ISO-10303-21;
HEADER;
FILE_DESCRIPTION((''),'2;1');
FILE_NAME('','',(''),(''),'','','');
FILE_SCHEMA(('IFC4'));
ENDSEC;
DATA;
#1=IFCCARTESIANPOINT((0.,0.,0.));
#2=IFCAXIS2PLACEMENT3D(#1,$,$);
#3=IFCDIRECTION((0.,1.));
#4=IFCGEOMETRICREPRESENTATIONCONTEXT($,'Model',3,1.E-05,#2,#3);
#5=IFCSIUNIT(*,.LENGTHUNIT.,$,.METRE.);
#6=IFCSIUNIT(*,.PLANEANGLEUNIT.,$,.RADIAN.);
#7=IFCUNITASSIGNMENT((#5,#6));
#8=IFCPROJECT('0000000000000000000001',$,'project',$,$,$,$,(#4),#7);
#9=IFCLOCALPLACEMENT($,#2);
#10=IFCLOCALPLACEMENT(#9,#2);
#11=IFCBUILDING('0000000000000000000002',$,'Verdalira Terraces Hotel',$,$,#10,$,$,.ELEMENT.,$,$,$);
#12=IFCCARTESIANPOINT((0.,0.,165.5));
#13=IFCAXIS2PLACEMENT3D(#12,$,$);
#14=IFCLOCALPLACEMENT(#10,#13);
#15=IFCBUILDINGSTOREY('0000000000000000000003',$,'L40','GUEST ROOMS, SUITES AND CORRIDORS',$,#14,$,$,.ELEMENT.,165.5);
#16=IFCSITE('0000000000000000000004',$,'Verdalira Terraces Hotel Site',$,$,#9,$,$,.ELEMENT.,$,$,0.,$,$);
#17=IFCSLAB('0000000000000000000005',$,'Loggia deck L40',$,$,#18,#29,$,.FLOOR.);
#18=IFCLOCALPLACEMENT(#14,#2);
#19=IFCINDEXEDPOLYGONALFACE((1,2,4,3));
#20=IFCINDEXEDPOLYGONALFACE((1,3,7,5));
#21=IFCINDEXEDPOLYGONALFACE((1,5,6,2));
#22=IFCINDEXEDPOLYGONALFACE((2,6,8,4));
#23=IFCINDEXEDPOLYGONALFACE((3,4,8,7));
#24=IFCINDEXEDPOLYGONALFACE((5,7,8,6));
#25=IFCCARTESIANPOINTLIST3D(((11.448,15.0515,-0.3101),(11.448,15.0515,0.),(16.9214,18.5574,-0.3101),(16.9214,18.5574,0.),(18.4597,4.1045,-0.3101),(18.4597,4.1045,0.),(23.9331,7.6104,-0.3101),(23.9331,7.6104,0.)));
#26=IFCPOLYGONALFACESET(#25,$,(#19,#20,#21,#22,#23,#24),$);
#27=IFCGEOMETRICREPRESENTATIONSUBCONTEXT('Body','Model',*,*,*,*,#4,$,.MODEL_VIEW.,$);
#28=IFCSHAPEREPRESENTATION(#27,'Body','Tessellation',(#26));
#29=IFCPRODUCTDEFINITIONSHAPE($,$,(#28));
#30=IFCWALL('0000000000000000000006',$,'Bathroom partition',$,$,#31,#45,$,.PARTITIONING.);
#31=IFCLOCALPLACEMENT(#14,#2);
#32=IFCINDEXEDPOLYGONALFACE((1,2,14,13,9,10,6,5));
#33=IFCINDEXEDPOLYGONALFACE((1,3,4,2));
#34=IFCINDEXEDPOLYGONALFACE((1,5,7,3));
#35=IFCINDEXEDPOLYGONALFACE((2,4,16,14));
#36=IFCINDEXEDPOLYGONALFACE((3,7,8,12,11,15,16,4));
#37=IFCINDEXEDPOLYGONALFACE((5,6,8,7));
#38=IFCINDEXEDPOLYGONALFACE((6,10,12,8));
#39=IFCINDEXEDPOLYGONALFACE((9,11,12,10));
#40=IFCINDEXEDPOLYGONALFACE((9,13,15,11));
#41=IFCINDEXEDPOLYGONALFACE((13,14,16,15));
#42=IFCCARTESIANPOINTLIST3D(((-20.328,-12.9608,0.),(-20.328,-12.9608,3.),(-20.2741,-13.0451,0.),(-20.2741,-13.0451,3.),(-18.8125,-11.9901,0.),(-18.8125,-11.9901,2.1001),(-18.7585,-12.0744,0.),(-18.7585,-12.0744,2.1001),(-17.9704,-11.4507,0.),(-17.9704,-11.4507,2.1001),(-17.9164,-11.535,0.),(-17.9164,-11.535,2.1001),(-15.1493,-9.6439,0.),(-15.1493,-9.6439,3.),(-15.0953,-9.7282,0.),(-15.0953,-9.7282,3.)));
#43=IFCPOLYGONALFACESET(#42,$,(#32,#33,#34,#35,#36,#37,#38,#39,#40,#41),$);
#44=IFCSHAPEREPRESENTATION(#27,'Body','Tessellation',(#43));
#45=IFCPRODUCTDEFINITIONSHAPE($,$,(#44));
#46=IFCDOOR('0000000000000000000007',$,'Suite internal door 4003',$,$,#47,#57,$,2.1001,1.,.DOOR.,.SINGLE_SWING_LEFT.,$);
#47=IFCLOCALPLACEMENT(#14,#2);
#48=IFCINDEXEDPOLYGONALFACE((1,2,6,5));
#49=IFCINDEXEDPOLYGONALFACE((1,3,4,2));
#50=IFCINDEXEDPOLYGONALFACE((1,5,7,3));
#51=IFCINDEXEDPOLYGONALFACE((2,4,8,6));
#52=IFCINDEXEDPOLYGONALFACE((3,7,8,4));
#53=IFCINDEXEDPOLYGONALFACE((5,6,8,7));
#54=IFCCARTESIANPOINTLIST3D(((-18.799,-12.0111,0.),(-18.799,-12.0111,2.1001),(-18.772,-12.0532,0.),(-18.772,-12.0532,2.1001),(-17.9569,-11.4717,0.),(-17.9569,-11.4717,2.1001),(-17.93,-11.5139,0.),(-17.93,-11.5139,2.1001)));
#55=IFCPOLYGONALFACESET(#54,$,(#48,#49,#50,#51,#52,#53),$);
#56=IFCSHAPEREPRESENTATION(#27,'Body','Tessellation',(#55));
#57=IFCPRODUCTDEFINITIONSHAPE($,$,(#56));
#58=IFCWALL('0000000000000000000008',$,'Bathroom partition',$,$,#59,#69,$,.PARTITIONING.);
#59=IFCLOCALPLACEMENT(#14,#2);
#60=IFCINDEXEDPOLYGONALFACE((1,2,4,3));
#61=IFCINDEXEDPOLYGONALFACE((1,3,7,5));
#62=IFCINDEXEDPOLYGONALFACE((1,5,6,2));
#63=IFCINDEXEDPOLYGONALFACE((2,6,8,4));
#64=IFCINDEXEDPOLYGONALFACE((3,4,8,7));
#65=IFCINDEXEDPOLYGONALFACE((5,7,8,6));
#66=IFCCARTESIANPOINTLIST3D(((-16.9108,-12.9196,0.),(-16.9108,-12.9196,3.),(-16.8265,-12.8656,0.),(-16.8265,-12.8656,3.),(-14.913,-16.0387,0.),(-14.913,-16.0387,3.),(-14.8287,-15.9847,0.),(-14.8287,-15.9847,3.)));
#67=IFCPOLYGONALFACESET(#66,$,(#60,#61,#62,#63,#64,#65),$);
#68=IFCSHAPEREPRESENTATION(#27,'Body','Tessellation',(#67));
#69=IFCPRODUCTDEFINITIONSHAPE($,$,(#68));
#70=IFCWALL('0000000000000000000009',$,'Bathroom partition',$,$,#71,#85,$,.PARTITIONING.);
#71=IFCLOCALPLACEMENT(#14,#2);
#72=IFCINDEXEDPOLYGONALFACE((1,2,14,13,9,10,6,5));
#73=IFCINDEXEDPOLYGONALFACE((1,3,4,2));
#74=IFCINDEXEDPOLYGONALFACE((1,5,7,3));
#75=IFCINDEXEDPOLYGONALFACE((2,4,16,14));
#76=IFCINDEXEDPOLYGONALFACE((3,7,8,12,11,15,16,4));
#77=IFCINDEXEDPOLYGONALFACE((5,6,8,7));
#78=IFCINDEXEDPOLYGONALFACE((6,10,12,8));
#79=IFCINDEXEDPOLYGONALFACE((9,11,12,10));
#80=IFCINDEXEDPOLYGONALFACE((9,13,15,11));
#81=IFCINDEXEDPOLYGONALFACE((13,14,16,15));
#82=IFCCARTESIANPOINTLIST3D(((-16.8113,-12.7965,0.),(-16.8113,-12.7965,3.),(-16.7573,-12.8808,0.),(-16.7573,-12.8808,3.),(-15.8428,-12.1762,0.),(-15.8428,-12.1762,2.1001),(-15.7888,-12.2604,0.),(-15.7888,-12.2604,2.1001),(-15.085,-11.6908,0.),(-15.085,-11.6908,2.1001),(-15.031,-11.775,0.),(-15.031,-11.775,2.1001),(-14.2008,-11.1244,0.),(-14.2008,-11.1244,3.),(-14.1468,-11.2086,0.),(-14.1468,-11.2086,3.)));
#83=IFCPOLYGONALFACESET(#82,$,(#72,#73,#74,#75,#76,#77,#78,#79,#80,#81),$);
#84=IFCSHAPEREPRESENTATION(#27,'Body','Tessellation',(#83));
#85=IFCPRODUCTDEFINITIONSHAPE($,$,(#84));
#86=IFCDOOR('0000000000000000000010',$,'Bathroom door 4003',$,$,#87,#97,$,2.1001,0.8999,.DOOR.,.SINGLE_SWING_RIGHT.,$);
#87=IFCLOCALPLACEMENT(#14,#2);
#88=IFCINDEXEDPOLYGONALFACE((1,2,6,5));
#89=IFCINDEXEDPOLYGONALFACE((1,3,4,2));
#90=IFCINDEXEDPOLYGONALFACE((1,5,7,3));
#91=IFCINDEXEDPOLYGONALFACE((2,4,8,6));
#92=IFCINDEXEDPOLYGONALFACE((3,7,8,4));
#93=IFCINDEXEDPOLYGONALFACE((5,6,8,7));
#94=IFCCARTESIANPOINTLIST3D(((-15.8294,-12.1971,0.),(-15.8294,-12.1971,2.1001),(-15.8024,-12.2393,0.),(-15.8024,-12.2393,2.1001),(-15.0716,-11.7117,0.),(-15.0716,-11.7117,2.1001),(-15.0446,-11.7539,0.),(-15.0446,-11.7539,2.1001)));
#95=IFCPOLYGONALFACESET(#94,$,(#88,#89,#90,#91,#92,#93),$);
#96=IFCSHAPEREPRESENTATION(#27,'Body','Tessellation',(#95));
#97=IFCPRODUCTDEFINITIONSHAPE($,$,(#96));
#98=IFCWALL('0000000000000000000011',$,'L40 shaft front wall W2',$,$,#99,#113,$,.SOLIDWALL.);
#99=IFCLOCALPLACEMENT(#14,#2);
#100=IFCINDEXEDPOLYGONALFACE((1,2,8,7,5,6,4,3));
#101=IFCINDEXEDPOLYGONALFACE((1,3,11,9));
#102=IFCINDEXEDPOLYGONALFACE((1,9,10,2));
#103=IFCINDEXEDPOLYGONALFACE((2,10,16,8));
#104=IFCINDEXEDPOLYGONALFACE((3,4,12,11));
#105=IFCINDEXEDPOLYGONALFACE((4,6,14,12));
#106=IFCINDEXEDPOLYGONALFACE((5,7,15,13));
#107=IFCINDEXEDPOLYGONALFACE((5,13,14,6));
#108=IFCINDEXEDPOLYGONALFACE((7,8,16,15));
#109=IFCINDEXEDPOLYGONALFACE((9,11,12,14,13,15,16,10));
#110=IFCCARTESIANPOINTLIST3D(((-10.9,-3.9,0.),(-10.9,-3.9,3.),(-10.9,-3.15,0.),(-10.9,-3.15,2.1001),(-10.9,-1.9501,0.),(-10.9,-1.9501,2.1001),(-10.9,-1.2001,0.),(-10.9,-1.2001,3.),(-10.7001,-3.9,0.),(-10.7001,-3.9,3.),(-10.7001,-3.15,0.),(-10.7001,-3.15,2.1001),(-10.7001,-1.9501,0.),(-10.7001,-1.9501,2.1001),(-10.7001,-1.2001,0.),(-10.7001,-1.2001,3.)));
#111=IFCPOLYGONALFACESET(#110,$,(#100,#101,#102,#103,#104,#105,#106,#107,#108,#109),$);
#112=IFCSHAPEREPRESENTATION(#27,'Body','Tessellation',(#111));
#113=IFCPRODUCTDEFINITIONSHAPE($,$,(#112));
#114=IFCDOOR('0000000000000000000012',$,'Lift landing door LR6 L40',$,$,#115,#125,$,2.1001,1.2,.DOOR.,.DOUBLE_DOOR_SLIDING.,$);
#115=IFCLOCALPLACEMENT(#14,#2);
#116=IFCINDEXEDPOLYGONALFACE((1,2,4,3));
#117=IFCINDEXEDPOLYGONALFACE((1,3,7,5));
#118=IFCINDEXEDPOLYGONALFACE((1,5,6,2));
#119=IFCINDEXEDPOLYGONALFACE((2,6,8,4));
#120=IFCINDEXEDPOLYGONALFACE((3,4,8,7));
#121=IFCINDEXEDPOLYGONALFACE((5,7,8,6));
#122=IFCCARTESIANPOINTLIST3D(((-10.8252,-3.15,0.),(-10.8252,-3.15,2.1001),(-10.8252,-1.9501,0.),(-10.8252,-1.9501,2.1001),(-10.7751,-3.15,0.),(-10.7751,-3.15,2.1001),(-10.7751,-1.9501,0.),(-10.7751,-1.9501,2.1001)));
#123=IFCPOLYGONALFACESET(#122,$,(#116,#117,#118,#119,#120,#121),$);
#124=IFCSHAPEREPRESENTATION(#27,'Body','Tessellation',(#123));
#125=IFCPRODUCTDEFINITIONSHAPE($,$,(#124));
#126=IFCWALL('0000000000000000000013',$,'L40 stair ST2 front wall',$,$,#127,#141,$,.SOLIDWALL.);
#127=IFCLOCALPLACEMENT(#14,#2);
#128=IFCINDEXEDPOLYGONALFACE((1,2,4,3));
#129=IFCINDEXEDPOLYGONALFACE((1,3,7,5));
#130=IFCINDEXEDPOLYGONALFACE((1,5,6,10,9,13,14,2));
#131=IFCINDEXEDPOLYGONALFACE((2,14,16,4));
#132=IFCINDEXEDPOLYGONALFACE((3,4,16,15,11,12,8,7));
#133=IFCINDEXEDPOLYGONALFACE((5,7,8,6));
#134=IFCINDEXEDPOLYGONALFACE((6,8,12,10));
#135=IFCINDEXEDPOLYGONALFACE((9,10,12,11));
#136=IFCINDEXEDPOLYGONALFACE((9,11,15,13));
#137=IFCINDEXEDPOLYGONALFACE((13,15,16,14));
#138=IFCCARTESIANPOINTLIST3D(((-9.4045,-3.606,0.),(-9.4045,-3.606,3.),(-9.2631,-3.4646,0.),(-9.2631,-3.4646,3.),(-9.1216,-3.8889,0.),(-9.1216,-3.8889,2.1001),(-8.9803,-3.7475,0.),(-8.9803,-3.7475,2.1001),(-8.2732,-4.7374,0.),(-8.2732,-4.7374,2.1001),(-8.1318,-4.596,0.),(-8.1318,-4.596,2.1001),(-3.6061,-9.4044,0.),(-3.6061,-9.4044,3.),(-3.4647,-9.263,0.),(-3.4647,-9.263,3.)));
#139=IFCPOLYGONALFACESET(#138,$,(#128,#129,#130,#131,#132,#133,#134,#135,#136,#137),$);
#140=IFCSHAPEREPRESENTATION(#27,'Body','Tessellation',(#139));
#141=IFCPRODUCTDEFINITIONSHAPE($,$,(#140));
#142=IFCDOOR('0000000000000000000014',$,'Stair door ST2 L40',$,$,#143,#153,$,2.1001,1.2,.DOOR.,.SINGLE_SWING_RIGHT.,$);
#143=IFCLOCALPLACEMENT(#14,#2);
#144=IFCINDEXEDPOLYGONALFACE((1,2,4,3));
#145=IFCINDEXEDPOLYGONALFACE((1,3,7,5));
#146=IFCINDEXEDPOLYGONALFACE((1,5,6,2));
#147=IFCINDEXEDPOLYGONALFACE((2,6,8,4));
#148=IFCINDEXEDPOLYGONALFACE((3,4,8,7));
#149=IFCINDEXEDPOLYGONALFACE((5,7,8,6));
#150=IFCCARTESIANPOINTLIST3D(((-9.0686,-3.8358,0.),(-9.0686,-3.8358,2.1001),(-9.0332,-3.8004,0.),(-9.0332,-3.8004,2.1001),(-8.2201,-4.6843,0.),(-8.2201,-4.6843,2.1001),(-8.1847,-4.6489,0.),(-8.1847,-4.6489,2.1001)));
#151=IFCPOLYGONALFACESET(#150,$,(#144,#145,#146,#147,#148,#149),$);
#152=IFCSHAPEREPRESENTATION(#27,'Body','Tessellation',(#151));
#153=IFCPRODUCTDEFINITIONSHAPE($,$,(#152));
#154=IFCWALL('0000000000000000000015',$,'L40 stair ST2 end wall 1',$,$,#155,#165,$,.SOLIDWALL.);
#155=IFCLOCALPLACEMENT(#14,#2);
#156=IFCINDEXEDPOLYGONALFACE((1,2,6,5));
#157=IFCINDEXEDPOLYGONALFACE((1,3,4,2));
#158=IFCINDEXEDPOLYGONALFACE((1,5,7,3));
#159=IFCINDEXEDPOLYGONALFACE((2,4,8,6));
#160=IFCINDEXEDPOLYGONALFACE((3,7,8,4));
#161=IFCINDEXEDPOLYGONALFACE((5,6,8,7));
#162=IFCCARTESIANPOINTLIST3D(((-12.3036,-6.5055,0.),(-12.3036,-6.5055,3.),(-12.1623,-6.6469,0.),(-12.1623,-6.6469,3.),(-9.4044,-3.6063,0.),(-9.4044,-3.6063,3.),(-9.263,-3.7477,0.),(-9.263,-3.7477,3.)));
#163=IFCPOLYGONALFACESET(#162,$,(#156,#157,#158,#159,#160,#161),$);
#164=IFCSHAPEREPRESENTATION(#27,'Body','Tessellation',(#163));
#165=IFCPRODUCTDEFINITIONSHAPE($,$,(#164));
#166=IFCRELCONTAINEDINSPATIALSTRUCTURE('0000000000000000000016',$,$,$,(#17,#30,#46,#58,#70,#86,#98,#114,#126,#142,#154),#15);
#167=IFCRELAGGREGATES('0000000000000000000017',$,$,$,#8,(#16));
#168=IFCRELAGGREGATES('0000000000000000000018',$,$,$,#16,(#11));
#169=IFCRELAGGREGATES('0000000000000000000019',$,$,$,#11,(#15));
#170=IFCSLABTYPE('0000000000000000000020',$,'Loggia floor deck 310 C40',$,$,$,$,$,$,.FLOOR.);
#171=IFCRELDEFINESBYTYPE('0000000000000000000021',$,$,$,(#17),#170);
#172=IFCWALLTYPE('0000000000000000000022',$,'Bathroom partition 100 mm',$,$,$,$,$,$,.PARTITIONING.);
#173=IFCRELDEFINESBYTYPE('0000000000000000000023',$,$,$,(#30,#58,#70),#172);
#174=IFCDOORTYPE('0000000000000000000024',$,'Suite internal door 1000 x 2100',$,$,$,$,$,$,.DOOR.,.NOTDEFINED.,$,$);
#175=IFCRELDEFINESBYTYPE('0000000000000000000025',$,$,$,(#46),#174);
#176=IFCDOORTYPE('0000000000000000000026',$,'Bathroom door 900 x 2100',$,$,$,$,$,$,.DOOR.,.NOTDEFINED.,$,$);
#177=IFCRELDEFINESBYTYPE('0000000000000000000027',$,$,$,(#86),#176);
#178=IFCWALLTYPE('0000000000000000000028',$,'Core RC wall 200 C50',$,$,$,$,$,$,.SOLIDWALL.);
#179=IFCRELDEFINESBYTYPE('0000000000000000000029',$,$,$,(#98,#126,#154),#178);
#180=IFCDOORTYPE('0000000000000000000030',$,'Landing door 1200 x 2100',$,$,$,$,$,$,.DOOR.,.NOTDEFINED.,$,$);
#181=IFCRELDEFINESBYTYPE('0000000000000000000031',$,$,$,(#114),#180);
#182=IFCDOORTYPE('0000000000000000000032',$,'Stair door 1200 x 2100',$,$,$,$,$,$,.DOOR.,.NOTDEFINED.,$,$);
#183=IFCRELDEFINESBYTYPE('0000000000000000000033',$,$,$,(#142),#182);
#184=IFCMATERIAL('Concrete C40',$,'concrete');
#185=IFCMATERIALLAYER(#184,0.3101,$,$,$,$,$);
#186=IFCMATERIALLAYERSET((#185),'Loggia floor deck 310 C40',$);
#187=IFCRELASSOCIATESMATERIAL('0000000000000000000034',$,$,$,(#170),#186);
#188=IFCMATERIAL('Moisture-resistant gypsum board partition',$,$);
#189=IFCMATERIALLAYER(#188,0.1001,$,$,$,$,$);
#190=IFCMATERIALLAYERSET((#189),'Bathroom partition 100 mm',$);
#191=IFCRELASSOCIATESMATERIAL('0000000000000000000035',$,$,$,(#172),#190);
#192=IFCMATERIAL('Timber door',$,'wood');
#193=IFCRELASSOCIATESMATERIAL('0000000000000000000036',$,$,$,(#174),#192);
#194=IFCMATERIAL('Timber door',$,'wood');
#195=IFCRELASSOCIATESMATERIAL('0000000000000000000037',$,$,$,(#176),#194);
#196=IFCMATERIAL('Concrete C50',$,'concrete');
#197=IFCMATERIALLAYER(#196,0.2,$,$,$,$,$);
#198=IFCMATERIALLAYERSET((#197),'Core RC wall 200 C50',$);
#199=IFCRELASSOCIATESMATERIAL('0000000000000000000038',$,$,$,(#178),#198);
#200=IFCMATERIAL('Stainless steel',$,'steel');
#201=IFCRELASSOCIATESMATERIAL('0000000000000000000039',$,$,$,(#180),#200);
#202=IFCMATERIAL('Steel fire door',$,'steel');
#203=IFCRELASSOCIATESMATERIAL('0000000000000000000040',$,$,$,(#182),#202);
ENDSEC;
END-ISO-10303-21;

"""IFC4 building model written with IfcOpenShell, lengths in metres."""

from ifc_helpers import new_model, si_unit, direction, frame, frame_2d, origin, place, context, subcontext, project, spatial, polyline, rectangle, outline, extrude, material, layer, layer_set, type_object, element, fill, save


model = new_model("IFC4")

# Units and contexts
model_context = context("Model", 3, precision=1e-05, world=origin(), true_north=direction((0.0, 1.0)))
body_context = subcontext(model_context, "Body", "Model", "MODEL_VIEW")
ifc_project = project(units=[si_unit("LENGTHUNIT", "METRE"), si_unit("PLANEANGLEUNIT", "RADIAN")], contexts=[model_context])

# Site, building, storey
site_placement = place(None, origin())
site = spatial("IfcSite", under=ifc_project, at=site_placement, Name="Verdalira Terraces Hotel Site", CompositionType="ELEMENT", RefElevation=0.0)
building_placement = place(site_placement, origin())
building = spatial("IfcBuilding", under=site, at=building_placement, Name="Verdalira Terraces Hotel", CompositionType="ELEMENT")
storey_placement = place(building_placement, frame((0.0, 0.0, 165.5)))
storey = spatial("IfcBuildingStorey", under=building, at=storey_placement, Name="L40", Description="GUEST ROOMS, SUITES AND CORRIDORS", CompositionType="ELEMENT", Elevation=165.5)

# Slab
ifc_material_1 = material(Name="Concrete C40", Category="concrete")
ifc_layer_1 = layer(ifc_material_1, 0.3101)
ifc_layer_set_1 = layer_set([ifc_layer_1], Name="Loggia floor deck 310 C40")
slab_type = type_object("IfcSlabType", Name="Loggia floor deck 310 C40", PredefinedType="FLOOR", material=ifc_layer_set_1)
slab_placement = place(storey_placement, frame((0.0, 0.0, -0.3101)))
element("IfcSlab", 1, at=slab_placement, inside=storey, type_object=slab_type, Name="Loggia deck L40", PredefinedType="FLOOR", context=body_context, shape_type="SweptSolid", body=[
    extrude(outline(polyline([(18.4597, 4.1045), (23.9331, 7.6104), (16.9214, 18.5574), (11.448, 15.0515), (18.4597, 4.1045)])), origin(), (0.0, 0.0, 1.0), 0.3101),
])

# Wall, opening, door
ifc_material_2 = material(Name="Moisture-resistant gypsum board partition")
ifc_layer_2 = layer(ifc_material_2, 0.1001)
ifc_layer_set_2 = layer_set([ifc_layer_2], Name="Bathroom partition 100 mm")
wall_type_1 = type_object("IfcWallType", Name="Bathroom partition 100 mm", PredefinedType="PARTITIONING", material=ifc_layer_set_2)
wall_1_placement = place(storey_placement, frame((-15.1223, -9.686, 0.0), z_axis=(0.0, 0.0, 1.0), x_axis=(-0.842085, -0.539344, 0.0)))
wall_1 = element("IfcWall", 2, at=wall_1_placement, inside=storey, type_object=wall_type_1, Name="Bathroom partition", PredefinedType="PARTITIONING", context=body_context, shape_type="SweptSolid", body=[
    extrude(rectangle(XDim=6.1499, YDim=0.1001, at=frame_2d((3.075, 0.0))), origin(), (0.0, 0.0, 1.0), 3.0),
])
opening_1_placement = place(wall_1_placement, frame((3.3501, 0.0, 0.0)))
opening_1 = element("IfcOpeningElement", 3, at=opening_1_placement, cuts=wall_1, PredefinedType="OPENING", context=body_context, shape_type="SweptSolid", body=[
    extrude(rectangle(XDim=1.0, YDim=2.1001, at=frame_2d((0.5, 1.05))), frame((0.0, 0.0601, 0.0), z_axis=(0.0, -1.0, 0.0), x_axis=(1.0, 0.0, 0.0)), (0.0, 0.0, 1.0), 0.1201),
])
ifc_material_3 = material(Name="Timber door", Category="wood")
door_type_1 = type_object("IfcDoorType", Name="Suite internal door 1000 x 2100", OperationType="NOTDEFINED", PredefinedType="DOOR", material=ifc_material_3)
door_1_placement = place(opening_1_placement, origin())
door_1 = element("IfcDoor", 4, at=door_1_placement, inside=storey, type_object=door_type_1, Name="Suite internal door 4003", OperationType="SINGLE_SWING_LEFT", OverallHeight=2.1001, OverallWidth=1.0, PredefinedType="DOOR", context=body_context, shape_type="SweptSolid", body=[
    extrude(rectangle(XDim=1.0, YDim=2.1001, at=frame_2d((0.5, 1.05))), frame((0.0, 0.0249, 0.0), z_axis=(0.0, -1.0, 0.0), x_axis=(1.0, 0.0, 0.0)), (0.0, 0.0, 1.0), 0.05),
])
fill(opening_1, door_1)

# Wall
wall_2_placement = place(storey_placement, frame((-16.8687, -12.8926, 0.0), z_axis=(0.0, 0.0, 1.0), x_axis=(0.539351, -0.842081, 0.0)))
element("IfcWall", 5, at=wall_2_placement, inside=storey, type_object=wall_type_1, Name="Bathroom partition", PredefinedType="PARTITIONING", context=body_context, shape_type="SweptSolid", body=[
    extrude(rectangle(XDim=3.7041, YDim=0.1001, at=frame_2d((1.8521, 0.0))), origin(), (0.0, 0.0, 1.0), 3.0),
])

# Walls, openings, doors
wall_3_placement = place(storey_placement, frame((-14.1738, -11.1665, 0.0), z_axis=(0.0, 0.0, 1.0), x_axis=(-0.842052, -0.539396, 0.0)))
wall_3 = element("IfcWall", 6, at=wall_3_placement, inside=storey, type_object=wall_type_1, Name="Bathroom partition", PredefinedType="PARTITIONING", context=body_context, shape_type="SweptSolid", body=[
    extrude(rectangle(XDim=3.1001, YDim=0.1001, at=frame_2d((1.55, 0.0))), origin(), (0.0, 0.0, 1.0), 3.0),
])
opening_2_placement = place(wall_3_placement, frame((1.05, 0.0, 0.0)))
opening_2 = element("IfcOpeningElement", 7, at=opening_2_placement, cuts=wall_3, PredefinedType="OPENING", context=body_context, shape_type="SweptSolid", body=[
    extrude(rectangle(XDim=0.8999, YDim=2.1001, at=frame_2d((0.45, 1.05))), frame((0.0, 0.0601, 0.0), z_axis=(0.0, -1.0, 0.0), x_axis=(1.0, 0.0, 0.0)), (0.0, 0.0, 1.0), 0.1201),
])
ifc_material_4 = material(Name="Timber door", Category="wood")
door_type_2 = type_object("IfcDoorType", Name="Bathroom door 900 x 2100", OperationType="NOTDEFINED", PredefinedType="DOOR", material=ifc_material_4)
door_2_placement = place(opening_2_placement, origin())
door_2 = element("IfcDoor", 8, at=door_2_placement, inside=storey, type_object=door_type_2, Name="Bathroom door 4003", OperationType="SINGLE_SWING_RIGHT", OverallHeight=2.1001, OverallWidth=0.8999, PredefinedType="DOOR", context=body_context, shape_type="SweptSolid", body=[
    extrude(rectangle(XDim=0.8999, YDim=2.1001, at=frame_2d((0.45, 1.05))), frame((0.0, 0.0249, 0.0), z_axis=(0.0, -1.0, 0.0), x_axis=(1.0, 0.0, 0.0)), (0.0, 0.0, 1.0), 0.05),
])
fill(opening_2, door_2)
ifc_material_5 = material(Name="Concrete C50", Category="concrete")
ifc_layer_3 = layer(ifc_material_5, 0.2)
ifc_layer_set_3 = layer_set([ifc_layer_3], Name="Core RC wall 200 C50")
wall_type_2 = type_object("IfcWallType", Name="Core RC wall 200 C50", PredefinedType="SOLIDWALL", material=ifc_layer_set_3)
wall_4_placement = place(storey_placement, frame((-10.8, -1.2, 0.0), z_axis=(0.0, 0.0, 1.0), x_axis=(0.0, -1.0, 0.0)))
wall_4 = element("IfcWall", 9, at=wall_4_placement, inside=storey, type_object=wall_type_2, Name="L40 shaft front wall W2", PredefinedType="SOLIDWALL", context=body_context, shape_type="SweptSolid", body=[
    extrude(rectangle(XDim=2.7, YDim=0.2, at=frame_2d((1.3501, 0.0))), origin(), (0.0, 0.0, 1.0), 3.0),
])
opening_3_placement = place(wall_4_placement, frame((0.75, 0.0, 0.0)))
opening_3 = element("IfcOpeningElement", 10, at=opening_3_placement, cuts=wall_4, PredefinedType="OPENING", context=body_context, shape_type="SweptSolid", body=[
    extrude(rectangle(XDim=1.2, YDim=2.1001, at=frame_2d((0.6001, 1.05))), frame((0.0, 0.1099, 0.0), z_axis=(0.0, -1.0, 0.0), x_axis=(1.0, 0.0, 0.0)), (0.0, 0.0, 1.0), 0.22),
])
ifc_material_6 = material(Name="Stainless steel", Category="steel")
door_type_3 = type_object("IfcDoorType", Name="Landing door 1200 x 2100", OperationType="NOTDEFINED", PredefinedType="DOOR", material=ifc_material_6)
door_3_placement = place(opening_3_placement, origin())
door_3 = element("IfcDoor", 11, at=door_3_placement, inside=storey, type_object=door_type_3, Name="Lift landing door LR6 L40", OperationType="DOUBLE_DOOR_SLIDING", OverallHeight=2.1001, OverallWidth=1.2, PredefinedType="DOOR", context=body_context, shape_type="SweptSolid", body=[
    extrude(rectangle(XDim=1.2, YDim=2.1001, at=frame_2d((0.6001, 1.05))), frame((0.0, 0.0249, 0.0), z_axis=(0.0, -1.0, 0.0), x_axis=(1.0, 0.0, 0.0)), (0.0, 0.0, 1.0), 0.05),
])
fill(opening_3, door_3)
wall_5_placement = place(storey_placement, frame((-3.5354, -9.3337, 0.0), z_axis=(0.0, 0.0, 1.0), x_axis=(-0.707107, 0.707107, 0.0)))
wall_5 = element("IfcWall", 12, at=wall_5_placement, inside=storey, type_object=wall_type_2, Name="L40 stair ST2 front wall", PredefinedType="SOLIDWALL", context=body_context, shape_type="SweptSolid", body=[
    extrude(rectangle(XDim=8.2002, YDim=0.2, at=frame_2d((4.1001, 0.0))), origin(), (0.0, 0.0, 1.0), 3.0),
])
opening_4_placement = place(wall_5_placement, frame((6.6001, 0.0, 0.0)))
opening_4 = element("IfcOpeningElement", 13, at=opening_4_placement, cuts=wall_5, PredefinedType="OPENING", context=body_context, shape_type="SweptSolid", body=[
    extrude(rectangle(XDim=1.2, YDim=2.1001, at=frame_2d((0.6001, 1.05))), frame((0.0, 0.1099, 0.0), z_axis=(0.0, -1.0, 0.0), x_axis=(1.0, 0.0, 0.0)), (0.0, 0.0, 1.0), 0.22),
])
ifc_material_7 = material(Name="Steel fire door", Category="steel")
door_type_4 = type_object("IfcDoorType", Name="Stair door 1200 x 2100", OperationType="NOTDEFINED", PredefinedType="DOOR", material=ifc_material_7)
door_4_placement = place(opening_4_placement, origin())
door_4 = element("IfcDoor", 14, at=door_4_placement, inside=storey, type_object=door_type_4, Name="Stair door ST2 L40", OperationType="SINGLE_SWING_RIGHT", OverallHeight=2.1001, OverallWidth=1.2, PredefinedType="DOOR", context=body_context, shape_type="SweptSolid", body=[
    extrude(rectangle(XDim=1.2, YDim=2.1001, at=frame_2d((0.6001, 1.05))), frame((0.0, 0.0249, 0.0), z_axis=(0.0, -1.0, 0.0), x_axis=(1.0, 0.0, 0.0)), (0.0, 0.0, 1.0), 0.05),
])
fill(opening_4, door_4)

# Wall
for number, where, z_axis, x_axis, name in (
    (15, (-9.3337, -3.677, 0.0), (0.0, 0.0, 1.0), (-0.707107, -0.707107, 0.0), "L40 stair ST2 end wall 1"),
):
    element("IfcWall", number, at=place(storey_placement, frame(where, z_axis=z_axis, x_axis=x_axis)), inside=storey, type_object=wall_type_2, Name=name, PredefinedType="SOLIDWALL", context=body_context, shape_type="SweptSolid", body=[
        extrude(rectangle(XDim=4.1001, YDim=0.2, at=frame_2d((2.05, 0.0))), origin(), (0.0, 0.0, 1.0), 3.0),
    ])

save(model, "model.ifc")
